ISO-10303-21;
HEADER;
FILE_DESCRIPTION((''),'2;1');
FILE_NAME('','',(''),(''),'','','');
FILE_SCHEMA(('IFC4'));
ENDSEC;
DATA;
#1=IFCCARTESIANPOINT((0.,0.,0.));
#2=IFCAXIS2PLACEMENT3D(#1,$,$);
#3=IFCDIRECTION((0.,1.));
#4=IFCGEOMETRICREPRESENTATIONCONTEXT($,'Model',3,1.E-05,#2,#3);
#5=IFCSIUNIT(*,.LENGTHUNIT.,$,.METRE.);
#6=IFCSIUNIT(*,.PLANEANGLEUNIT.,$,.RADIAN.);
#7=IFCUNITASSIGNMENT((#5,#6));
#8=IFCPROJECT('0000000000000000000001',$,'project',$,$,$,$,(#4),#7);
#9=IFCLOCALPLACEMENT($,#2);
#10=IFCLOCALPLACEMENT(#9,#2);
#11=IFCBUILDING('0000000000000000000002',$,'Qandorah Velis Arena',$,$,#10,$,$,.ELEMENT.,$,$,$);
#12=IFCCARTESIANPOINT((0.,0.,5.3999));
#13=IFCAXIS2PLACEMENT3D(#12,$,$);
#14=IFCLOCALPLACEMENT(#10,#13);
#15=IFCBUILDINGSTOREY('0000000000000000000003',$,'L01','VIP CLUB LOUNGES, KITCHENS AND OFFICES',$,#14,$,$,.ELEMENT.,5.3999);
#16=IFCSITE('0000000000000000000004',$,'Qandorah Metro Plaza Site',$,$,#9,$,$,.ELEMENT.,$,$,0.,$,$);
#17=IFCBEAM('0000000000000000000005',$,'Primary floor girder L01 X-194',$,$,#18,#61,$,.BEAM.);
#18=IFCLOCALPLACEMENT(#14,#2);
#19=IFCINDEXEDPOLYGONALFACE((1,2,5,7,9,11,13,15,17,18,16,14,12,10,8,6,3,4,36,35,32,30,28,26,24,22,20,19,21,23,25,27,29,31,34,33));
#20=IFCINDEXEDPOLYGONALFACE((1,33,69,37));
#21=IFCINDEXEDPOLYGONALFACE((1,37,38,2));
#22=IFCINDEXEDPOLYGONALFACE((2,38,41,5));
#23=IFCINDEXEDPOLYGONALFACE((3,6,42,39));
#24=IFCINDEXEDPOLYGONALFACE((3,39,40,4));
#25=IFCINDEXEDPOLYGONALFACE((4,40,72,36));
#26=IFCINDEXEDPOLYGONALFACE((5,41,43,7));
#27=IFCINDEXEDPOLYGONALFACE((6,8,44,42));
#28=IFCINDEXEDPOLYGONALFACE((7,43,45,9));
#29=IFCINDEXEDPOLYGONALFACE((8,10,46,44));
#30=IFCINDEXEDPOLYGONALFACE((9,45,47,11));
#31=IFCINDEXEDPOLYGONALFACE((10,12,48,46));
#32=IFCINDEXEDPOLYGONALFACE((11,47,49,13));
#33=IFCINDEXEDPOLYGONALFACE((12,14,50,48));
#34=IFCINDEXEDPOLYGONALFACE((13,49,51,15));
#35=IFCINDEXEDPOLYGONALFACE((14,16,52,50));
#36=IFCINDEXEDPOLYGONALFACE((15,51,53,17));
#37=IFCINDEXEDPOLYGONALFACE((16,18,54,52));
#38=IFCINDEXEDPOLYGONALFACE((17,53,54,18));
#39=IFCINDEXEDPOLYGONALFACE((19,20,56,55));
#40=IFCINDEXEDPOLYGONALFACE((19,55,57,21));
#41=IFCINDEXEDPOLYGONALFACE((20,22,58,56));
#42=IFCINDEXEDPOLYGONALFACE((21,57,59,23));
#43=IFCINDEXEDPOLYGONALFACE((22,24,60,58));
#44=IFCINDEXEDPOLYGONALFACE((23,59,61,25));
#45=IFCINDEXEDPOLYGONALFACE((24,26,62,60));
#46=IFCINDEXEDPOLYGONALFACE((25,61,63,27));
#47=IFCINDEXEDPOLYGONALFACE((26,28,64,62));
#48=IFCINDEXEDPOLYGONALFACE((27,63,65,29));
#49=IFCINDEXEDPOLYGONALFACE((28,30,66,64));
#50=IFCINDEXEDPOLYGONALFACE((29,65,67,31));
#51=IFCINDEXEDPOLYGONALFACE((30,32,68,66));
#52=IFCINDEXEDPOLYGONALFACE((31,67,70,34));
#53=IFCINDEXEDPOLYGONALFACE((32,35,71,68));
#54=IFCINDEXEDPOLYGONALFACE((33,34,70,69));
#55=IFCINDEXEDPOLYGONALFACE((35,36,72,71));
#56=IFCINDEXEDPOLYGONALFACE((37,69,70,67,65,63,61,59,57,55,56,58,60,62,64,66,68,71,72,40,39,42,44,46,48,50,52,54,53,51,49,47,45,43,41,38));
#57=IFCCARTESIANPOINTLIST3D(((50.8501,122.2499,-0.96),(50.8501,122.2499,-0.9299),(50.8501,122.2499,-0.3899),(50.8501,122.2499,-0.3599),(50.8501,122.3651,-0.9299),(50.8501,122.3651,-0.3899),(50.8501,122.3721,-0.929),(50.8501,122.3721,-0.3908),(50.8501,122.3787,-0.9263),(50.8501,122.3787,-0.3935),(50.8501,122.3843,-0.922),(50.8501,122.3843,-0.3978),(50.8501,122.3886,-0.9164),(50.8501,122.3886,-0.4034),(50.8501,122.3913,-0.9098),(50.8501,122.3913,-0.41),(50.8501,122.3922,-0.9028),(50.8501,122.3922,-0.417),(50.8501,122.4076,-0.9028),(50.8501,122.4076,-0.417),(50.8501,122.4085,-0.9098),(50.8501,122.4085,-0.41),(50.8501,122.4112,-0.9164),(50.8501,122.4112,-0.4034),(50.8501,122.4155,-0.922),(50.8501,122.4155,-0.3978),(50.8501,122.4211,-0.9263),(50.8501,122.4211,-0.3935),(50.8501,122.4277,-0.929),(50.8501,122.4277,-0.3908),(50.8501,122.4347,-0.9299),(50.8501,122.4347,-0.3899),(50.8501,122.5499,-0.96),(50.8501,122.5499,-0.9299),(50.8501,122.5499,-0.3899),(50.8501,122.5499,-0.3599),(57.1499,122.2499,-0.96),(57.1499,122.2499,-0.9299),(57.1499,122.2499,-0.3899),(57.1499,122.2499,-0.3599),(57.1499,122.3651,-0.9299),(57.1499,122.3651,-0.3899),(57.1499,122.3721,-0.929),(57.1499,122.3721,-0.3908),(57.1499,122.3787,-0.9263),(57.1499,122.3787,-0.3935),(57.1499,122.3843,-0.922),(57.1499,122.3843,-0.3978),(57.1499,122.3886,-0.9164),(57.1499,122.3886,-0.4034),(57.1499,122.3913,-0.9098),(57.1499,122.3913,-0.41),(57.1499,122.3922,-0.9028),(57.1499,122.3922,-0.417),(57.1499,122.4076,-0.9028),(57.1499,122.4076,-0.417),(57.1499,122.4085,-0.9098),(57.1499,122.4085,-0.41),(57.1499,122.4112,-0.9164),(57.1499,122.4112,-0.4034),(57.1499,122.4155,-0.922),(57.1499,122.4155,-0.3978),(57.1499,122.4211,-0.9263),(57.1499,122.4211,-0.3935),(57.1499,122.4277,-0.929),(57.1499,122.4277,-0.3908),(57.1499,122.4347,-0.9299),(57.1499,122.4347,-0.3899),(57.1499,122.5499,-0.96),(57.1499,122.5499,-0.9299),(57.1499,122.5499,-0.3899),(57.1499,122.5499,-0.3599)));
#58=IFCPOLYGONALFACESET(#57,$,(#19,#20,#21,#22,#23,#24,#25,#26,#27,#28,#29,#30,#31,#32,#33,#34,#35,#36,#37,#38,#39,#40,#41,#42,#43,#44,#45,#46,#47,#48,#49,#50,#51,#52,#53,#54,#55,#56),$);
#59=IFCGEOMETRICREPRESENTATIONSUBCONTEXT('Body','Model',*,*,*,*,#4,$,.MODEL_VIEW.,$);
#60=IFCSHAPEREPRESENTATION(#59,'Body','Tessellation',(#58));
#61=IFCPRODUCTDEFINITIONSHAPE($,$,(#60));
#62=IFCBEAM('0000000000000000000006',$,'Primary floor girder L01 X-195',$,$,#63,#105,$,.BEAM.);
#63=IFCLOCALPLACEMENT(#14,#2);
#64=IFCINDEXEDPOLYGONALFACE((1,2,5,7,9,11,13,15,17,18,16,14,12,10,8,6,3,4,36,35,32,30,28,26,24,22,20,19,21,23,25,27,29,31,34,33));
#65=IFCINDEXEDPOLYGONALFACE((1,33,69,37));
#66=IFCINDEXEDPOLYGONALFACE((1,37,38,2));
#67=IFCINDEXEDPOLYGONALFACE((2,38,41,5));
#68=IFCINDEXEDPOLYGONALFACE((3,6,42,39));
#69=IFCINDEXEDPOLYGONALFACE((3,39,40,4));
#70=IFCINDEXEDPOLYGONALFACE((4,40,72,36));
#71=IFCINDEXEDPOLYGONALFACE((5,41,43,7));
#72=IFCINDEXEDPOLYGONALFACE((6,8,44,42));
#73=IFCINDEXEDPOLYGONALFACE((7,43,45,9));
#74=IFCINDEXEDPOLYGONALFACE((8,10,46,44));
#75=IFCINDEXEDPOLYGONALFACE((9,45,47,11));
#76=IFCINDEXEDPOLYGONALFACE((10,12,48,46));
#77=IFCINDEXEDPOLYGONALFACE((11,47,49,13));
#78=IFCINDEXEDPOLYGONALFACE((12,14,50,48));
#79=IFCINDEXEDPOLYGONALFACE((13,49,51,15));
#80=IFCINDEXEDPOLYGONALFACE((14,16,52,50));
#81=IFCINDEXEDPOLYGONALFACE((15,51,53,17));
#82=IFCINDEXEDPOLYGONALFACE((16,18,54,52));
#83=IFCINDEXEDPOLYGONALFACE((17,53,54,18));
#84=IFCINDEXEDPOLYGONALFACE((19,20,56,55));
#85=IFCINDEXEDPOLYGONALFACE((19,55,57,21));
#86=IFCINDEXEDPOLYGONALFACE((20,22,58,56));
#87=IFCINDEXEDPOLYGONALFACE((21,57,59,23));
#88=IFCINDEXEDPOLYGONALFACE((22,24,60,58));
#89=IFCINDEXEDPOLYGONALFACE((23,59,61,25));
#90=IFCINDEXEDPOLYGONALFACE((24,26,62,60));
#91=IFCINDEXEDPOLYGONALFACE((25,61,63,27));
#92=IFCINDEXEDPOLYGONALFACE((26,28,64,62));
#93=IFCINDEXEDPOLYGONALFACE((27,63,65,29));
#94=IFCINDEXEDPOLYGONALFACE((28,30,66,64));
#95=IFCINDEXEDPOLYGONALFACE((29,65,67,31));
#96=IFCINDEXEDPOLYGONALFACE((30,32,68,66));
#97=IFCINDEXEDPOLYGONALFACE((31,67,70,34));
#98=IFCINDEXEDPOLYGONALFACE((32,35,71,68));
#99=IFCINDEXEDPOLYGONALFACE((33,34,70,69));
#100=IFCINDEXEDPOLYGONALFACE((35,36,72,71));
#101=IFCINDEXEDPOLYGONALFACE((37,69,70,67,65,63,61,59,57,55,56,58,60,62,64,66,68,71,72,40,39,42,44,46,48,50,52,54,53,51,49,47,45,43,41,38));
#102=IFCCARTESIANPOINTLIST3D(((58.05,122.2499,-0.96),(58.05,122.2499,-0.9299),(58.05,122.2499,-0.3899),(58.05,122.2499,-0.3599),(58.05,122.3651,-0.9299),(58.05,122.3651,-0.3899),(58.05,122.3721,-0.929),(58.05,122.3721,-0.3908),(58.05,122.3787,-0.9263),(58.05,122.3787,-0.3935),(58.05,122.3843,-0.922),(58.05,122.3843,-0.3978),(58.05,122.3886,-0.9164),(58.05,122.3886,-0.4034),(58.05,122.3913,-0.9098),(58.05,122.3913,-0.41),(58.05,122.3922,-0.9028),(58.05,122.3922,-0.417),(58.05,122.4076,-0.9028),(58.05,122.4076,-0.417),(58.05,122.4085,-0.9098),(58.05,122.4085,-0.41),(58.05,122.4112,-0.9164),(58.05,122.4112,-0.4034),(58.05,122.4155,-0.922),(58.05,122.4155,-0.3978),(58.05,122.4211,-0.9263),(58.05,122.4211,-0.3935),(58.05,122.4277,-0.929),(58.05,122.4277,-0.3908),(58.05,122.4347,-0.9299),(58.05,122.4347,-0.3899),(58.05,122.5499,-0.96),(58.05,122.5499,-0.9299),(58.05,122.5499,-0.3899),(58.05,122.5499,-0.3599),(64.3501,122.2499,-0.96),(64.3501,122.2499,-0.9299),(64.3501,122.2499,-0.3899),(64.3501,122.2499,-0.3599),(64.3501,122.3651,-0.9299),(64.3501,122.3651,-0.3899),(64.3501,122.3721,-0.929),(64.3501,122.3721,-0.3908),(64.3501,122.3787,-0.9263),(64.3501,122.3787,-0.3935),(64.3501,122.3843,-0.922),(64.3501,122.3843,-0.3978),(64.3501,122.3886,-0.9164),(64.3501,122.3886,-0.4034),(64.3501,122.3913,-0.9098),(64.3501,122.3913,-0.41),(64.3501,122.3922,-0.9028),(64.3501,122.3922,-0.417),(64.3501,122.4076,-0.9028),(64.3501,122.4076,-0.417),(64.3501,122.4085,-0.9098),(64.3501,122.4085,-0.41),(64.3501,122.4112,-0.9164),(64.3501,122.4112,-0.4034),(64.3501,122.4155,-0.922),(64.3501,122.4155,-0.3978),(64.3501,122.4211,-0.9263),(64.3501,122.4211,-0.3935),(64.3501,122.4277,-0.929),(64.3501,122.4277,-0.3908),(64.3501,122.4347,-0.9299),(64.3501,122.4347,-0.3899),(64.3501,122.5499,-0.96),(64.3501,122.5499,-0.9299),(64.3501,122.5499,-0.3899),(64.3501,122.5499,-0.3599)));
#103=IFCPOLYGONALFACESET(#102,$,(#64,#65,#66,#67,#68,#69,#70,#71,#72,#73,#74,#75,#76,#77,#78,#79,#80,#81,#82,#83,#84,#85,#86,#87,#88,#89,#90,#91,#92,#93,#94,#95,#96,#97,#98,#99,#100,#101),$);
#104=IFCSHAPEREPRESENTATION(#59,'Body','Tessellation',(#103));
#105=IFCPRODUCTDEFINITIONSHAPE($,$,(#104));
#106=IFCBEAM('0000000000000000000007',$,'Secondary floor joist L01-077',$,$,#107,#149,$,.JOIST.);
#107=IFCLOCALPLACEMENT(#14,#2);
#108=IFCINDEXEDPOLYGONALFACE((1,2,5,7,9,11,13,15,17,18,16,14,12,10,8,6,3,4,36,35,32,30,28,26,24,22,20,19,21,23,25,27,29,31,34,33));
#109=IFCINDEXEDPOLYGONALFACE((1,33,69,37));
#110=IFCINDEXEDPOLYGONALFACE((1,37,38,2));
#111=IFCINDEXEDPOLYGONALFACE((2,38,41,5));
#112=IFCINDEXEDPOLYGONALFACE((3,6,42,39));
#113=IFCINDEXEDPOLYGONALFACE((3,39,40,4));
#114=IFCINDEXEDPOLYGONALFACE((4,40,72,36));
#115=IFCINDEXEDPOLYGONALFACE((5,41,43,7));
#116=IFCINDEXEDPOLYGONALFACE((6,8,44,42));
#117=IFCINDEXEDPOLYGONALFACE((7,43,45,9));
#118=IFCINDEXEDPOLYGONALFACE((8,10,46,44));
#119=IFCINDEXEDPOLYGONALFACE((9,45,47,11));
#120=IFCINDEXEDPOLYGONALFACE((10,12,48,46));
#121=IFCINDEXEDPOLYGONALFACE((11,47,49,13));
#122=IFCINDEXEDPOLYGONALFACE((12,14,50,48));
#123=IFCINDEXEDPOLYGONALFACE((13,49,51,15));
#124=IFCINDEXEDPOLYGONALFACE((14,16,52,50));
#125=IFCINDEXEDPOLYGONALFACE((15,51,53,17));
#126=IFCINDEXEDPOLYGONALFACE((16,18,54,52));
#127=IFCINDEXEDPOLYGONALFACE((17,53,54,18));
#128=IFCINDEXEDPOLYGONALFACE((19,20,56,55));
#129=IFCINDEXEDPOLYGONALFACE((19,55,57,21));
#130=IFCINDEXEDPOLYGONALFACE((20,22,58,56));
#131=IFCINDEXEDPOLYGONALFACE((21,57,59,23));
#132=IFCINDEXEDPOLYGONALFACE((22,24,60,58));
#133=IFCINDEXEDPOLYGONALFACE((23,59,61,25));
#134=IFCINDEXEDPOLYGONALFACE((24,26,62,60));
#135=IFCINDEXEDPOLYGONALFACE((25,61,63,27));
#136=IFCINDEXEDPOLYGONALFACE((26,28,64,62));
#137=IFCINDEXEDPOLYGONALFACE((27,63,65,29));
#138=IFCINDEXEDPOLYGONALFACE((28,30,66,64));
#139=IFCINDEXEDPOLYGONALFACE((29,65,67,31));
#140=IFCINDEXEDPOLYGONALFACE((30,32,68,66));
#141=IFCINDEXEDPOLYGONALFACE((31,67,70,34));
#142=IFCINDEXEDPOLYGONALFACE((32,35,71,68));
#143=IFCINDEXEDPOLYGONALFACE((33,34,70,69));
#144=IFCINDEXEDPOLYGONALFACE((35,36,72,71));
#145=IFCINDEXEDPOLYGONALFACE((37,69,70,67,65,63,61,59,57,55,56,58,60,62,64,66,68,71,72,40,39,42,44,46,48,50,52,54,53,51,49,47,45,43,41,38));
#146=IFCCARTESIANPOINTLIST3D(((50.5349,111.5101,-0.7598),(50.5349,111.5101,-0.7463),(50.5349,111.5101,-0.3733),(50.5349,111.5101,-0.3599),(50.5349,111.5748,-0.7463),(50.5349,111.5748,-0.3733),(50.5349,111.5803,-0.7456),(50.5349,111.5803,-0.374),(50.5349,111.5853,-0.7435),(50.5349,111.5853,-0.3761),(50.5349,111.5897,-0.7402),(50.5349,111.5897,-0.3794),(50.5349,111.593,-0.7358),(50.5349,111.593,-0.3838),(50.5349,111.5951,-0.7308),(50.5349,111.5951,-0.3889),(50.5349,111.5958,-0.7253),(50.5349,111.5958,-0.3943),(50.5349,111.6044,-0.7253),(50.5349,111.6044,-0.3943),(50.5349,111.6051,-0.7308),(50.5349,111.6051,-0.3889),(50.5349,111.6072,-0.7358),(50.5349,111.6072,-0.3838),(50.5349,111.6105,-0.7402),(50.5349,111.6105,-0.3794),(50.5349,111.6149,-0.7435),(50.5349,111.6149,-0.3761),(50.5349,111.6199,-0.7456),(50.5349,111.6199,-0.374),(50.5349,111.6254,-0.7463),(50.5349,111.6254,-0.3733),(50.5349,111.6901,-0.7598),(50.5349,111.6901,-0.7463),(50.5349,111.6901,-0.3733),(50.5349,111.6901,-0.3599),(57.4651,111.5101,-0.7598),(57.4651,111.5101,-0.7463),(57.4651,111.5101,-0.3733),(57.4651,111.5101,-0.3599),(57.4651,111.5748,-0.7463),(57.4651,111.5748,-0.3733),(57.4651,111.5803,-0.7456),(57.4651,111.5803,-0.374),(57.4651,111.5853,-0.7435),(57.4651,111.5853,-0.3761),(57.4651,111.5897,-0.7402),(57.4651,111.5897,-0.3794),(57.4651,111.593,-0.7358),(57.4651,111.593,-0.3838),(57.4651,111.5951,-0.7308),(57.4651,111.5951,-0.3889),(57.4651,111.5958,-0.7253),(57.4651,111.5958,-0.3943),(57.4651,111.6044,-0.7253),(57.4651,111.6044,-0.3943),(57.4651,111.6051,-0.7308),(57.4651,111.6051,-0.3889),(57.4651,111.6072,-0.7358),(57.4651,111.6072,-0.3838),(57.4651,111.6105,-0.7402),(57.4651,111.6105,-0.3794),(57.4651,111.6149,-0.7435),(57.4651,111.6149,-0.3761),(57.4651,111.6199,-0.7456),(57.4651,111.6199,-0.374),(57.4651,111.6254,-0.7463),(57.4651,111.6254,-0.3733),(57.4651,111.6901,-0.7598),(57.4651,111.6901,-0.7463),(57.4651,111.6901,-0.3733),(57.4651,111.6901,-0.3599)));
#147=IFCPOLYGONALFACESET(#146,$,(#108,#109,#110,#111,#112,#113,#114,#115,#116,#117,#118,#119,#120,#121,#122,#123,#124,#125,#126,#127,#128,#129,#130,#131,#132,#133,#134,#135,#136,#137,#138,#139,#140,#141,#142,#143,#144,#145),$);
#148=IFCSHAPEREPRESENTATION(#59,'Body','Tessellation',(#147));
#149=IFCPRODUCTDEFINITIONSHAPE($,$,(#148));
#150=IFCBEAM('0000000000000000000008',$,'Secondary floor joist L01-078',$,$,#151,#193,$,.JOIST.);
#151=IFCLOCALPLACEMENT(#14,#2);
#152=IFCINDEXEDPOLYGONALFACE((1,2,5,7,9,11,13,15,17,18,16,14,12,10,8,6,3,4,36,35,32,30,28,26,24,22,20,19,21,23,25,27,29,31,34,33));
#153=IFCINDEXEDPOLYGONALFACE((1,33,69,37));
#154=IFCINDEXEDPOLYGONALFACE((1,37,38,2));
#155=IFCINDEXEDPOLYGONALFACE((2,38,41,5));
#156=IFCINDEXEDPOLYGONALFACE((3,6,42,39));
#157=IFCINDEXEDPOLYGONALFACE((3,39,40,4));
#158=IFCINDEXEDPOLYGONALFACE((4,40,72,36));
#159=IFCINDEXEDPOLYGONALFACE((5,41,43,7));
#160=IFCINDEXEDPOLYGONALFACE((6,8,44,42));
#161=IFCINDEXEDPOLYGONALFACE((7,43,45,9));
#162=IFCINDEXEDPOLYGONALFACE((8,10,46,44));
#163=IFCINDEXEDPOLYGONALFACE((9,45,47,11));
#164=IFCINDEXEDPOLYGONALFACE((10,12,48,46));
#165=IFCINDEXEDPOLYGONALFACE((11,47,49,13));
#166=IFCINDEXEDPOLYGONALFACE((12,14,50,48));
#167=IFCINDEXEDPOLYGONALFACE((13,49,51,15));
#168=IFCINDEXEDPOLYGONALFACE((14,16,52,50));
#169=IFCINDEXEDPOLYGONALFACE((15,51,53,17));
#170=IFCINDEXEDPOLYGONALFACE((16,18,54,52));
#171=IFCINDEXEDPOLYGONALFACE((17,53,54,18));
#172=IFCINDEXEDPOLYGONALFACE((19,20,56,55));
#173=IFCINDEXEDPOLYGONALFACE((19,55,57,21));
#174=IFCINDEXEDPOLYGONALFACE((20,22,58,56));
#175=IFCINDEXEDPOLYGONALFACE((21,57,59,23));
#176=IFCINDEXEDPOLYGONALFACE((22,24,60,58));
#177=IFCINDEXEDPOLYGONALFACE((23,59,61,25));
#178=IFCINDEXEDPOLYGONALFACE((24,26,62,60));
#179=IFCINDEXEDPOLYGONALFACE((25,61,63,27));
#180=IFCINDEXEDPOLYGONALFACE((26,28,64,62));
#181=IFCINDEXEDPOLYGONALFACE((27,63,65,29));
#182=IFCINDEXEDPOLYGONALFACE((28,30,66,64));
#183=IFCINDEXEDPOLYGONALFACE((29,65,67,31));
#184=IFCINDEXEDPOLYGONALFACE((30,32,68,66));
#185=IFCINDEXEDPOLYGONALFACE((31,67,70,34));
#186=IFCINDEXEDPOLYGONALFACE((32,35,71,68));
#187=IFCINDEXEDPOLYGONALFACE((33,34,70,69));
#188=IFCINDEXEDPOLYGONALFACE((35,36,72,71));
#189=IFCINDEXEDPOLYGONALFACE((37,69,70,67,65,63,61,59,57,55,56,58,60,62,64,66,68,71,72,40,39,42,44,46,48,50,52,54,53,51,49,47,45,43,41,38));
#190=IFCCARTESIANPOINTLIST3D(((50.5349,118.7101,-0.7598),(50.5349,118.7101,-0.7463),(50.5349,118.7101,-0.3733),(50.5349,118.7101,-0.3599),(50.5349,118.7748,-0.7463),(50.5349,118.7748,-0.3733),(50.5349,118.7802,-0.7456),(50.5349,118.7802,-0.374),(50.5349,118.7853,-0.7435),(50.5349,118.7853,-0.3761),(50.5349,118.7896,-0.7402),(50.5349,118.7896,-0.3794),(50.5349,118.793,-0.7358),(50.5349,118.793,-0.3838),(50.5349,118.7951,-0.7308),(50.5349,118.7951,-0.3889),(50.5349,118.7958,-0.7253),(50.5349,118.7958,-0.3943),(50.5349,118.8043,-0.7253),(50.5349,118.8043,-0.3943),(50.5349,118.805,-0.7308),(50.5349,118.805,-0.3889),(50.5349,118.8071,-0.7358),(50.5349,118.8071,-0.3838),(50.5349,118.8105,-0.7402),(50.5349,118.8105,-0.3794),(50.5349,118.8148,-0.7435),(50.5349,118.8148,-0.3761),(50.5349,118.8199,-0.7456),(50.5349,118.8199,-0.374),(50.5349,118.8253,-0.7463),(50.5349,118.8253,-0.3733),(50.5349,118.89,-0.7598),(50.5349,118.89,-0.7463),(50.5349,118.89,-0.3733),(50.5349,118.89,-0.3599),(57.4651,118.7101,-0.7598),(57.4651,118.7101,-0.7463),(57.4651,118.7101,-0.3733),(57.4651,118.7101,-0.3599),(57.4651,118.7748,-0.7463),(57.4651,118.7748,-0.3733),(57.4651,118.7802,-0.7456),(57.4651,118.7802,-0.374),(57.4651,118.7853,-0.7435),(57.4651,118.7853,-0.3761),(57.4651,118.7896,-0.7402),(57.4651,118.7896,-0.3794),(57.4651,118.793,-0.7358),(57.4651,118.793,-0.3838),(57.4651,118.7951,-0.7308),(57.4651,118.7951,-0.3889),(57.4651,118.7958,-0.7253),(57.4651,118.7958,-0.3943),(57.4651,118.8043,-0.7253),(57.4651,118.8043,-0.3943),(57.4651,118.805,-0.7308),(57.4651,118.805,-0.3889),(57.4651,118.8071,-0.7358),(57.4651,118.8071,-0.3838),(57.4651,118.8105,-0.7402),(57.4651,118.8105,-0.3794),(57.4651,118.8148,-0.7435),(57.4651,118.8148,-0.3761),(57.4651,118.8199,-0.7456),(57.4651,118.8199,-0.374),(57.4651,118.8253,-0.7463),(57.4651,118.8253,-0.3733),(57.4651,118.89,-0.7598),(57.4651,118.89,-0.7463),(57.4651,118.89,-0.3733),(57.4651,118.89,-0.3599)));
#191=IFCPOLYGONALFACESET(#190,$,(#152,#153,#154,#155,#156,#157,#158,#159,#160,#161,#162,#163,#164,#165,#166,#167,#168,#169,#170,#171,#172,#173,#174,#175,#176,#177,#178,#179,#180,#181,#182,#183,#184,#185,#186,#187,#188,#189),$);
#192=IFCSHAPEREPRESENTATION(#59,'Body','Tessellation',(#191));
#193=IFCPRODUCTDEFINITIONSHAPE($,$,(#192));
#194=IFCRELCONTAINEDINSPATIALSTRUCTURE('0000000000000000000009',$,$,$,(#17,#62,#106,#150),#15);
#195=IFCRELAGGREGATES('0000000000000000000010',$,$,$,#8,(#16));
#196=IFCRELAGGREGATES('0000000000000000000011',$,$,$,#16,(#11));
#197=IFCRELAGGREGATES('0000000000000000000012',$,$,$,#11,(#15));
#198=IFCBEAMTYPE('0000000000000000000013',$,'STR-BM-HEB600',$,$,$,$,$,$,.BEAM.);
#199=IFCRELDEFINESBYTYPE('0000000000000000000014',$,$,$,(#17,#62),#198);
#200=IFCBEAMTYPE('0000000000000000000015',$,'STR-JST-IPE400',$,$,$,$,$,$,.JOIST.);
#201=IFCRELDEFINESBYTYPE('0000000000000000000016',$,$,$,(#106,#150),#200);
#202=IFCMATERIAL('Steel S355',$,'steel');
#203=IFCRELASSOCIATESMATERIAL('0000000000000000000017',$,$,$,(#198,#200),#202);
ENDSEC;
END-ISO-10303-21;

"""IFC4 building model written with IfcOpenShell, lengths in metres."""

from ifc_helpers import new_model, si_unit, direction, frame, origin, origin_2d, place, context, subcontext, project, spatial, i_section, extrude, material, material_profile, profile_set, type_object, element, save


model = new_model("IFC4")

# Units and contexts
model_context = context("Model", 3, precision=1e-05, world=origin(), true_north=direction((0.0, 1.0)))
body_context = subcontext(model_context, "Body", "Model", "MODEL_VIEW")
ifc_project = project(units=[si_unit("LENGTHUNIT", "METRE"), si_unit("PLANEANGLEUNIT", "RADIAN")], contexts=[model_context])

# Site, building, storey
site_placement = place(None, origin())
site = spatial("IfcSite", under=ifc_project, at=site_placement, Name="Qandorah Metro Plaza Site", CompositionType="ELEMENT", RefElevation=0.0)
building_placement = place(site_placement, origin())
building = spatial("IfcBuilding", under=site, at=building_placement, Name="Qandorah Velis Arena", CompositionType="ELEMENT")
storey_placement = place(building_placement, frame((0.0, 0.0, 5.3999)))
storey = spatial("IfcBuildingStorey", under=building, at=storey_placement, Name="L01", Description="VIP CLUB LOUNGES, KITCHENS AND OFFICES", CompositionType="ELEMENT", Elevation=5.3999)

# Beams
ifc_material_1 = material(Name="Steel S355", Category="steel")
ifc_material_profile_1 = material_profile(ifc_material_1, i_section(OverallWidth=0.3, OverallDepth=0.6001, WebThickness=0.0154, FlangeThickness=0.03, FilletRadius=0.0271, at=origin_2d()), Name="HEB 600")
ifc_profile_set_1 = profile_set([ifc_material_profile_1], Name="Steel S355")
beam_type_1 = type_object("IfcBeamType", Name="STR-BM-HEB600", PredefinedType="BEAM", material=ifc_profile_set_1)
beam_1_placement = place(storey_placement, frame((50.8501, 122.3999, -0.6599), z_axis=(1.0, 0.0, 0.0), x_axis=(0.0, 1.0, 0.0)))
element("IfcBeam", 1, at=beam_1_placement, inside=storey, type_object=beam_type_1, Name="Primary floor girder L01 X-194", PredefinedType="BEAM", context=body_context, shape_type="SweptSolid", body=[
    extrude(i_section(OverallWidth=0.3, OverallDepth=0.6001, WebThickness=0.0154, FlangeThickness=0.03, FilletRadius=0.0271, at=origin_2d()), origin(), (0.0, 0.0, 1.0), 6.2998),
])
beam_2_placement = place(storey_placement, frame((58.05, 122.3999, -0.6599), z_axis=(1.0, 0.0, 0.0), x_axis=(0.0, 1.0, 0.0)))
element("IfcBeam", 2, at=beam_2_placement, inside=storey, type_object=beam_type_1, Name="Primary floor girder L01 X-195", PredefinedType="BEAM", context=body_context, shape_type="SweptSolid", body=[
    extrude(i_section(OverallWidth=0.3, OverallDepth=0.6001, WebThickness=0.0154, FlangeThickness=0.03, FilletRadius=0.0271, at=origin_2d()), origin(), (0.0, 0.0, 1.0), 6.3),
])
ifc_material_profile_2 = material_profile(ifc_material_1, i_section(OverallWidth=0.1799, OverallDepth=0.3999, WebThickness=0.0085, FlangeThickness=0.0134, FilletRadius=0.021, at=origin_2d()), Name="IPE 400")
ifc_profile_set_2 = profile_set([ifc_material_profile_2], Name="Steel S355")
beam_type_2 = type_object("IfcBeamType", Name="STR-JST-IPE400", PredefinedType="JOIST", material=ifc_profile_set_2)
for number, where, z_axis, x_axis, name in (
    (3, (50.5349, 111.6001, -0.5598), (1.0, 0.0, 0.0), (0.0, 1.0, 0.0), "Secondary floor joist L01-077"),
    (4, (50.5349, 118.8, -0.5598), (1.0, 0.0, 0.0), (0.0, 1.0, 0.0), "Secondary floor joist L01-078"),
):
    element("IfcBeam", number, at=place(storey_placement, frame(where, z_axis=z_axis, x_axis=x_axis)), inside=storey, type_object=beam_type_2, Name=name, PredefinedType="JOIST", context=body_context, shape_type="SweptSolid", body=[
        extrude(i_section(OverallWidth=0.1799, OverallDepth=0.3999, WebThickness=0.0085, FlangeThickness=0.0134, FilletRadius=0.021, at=origin_2d()), origin(), (0.0, 0.0, 1.0), 6.9302),
    ])

save(model, "model.ifc")
